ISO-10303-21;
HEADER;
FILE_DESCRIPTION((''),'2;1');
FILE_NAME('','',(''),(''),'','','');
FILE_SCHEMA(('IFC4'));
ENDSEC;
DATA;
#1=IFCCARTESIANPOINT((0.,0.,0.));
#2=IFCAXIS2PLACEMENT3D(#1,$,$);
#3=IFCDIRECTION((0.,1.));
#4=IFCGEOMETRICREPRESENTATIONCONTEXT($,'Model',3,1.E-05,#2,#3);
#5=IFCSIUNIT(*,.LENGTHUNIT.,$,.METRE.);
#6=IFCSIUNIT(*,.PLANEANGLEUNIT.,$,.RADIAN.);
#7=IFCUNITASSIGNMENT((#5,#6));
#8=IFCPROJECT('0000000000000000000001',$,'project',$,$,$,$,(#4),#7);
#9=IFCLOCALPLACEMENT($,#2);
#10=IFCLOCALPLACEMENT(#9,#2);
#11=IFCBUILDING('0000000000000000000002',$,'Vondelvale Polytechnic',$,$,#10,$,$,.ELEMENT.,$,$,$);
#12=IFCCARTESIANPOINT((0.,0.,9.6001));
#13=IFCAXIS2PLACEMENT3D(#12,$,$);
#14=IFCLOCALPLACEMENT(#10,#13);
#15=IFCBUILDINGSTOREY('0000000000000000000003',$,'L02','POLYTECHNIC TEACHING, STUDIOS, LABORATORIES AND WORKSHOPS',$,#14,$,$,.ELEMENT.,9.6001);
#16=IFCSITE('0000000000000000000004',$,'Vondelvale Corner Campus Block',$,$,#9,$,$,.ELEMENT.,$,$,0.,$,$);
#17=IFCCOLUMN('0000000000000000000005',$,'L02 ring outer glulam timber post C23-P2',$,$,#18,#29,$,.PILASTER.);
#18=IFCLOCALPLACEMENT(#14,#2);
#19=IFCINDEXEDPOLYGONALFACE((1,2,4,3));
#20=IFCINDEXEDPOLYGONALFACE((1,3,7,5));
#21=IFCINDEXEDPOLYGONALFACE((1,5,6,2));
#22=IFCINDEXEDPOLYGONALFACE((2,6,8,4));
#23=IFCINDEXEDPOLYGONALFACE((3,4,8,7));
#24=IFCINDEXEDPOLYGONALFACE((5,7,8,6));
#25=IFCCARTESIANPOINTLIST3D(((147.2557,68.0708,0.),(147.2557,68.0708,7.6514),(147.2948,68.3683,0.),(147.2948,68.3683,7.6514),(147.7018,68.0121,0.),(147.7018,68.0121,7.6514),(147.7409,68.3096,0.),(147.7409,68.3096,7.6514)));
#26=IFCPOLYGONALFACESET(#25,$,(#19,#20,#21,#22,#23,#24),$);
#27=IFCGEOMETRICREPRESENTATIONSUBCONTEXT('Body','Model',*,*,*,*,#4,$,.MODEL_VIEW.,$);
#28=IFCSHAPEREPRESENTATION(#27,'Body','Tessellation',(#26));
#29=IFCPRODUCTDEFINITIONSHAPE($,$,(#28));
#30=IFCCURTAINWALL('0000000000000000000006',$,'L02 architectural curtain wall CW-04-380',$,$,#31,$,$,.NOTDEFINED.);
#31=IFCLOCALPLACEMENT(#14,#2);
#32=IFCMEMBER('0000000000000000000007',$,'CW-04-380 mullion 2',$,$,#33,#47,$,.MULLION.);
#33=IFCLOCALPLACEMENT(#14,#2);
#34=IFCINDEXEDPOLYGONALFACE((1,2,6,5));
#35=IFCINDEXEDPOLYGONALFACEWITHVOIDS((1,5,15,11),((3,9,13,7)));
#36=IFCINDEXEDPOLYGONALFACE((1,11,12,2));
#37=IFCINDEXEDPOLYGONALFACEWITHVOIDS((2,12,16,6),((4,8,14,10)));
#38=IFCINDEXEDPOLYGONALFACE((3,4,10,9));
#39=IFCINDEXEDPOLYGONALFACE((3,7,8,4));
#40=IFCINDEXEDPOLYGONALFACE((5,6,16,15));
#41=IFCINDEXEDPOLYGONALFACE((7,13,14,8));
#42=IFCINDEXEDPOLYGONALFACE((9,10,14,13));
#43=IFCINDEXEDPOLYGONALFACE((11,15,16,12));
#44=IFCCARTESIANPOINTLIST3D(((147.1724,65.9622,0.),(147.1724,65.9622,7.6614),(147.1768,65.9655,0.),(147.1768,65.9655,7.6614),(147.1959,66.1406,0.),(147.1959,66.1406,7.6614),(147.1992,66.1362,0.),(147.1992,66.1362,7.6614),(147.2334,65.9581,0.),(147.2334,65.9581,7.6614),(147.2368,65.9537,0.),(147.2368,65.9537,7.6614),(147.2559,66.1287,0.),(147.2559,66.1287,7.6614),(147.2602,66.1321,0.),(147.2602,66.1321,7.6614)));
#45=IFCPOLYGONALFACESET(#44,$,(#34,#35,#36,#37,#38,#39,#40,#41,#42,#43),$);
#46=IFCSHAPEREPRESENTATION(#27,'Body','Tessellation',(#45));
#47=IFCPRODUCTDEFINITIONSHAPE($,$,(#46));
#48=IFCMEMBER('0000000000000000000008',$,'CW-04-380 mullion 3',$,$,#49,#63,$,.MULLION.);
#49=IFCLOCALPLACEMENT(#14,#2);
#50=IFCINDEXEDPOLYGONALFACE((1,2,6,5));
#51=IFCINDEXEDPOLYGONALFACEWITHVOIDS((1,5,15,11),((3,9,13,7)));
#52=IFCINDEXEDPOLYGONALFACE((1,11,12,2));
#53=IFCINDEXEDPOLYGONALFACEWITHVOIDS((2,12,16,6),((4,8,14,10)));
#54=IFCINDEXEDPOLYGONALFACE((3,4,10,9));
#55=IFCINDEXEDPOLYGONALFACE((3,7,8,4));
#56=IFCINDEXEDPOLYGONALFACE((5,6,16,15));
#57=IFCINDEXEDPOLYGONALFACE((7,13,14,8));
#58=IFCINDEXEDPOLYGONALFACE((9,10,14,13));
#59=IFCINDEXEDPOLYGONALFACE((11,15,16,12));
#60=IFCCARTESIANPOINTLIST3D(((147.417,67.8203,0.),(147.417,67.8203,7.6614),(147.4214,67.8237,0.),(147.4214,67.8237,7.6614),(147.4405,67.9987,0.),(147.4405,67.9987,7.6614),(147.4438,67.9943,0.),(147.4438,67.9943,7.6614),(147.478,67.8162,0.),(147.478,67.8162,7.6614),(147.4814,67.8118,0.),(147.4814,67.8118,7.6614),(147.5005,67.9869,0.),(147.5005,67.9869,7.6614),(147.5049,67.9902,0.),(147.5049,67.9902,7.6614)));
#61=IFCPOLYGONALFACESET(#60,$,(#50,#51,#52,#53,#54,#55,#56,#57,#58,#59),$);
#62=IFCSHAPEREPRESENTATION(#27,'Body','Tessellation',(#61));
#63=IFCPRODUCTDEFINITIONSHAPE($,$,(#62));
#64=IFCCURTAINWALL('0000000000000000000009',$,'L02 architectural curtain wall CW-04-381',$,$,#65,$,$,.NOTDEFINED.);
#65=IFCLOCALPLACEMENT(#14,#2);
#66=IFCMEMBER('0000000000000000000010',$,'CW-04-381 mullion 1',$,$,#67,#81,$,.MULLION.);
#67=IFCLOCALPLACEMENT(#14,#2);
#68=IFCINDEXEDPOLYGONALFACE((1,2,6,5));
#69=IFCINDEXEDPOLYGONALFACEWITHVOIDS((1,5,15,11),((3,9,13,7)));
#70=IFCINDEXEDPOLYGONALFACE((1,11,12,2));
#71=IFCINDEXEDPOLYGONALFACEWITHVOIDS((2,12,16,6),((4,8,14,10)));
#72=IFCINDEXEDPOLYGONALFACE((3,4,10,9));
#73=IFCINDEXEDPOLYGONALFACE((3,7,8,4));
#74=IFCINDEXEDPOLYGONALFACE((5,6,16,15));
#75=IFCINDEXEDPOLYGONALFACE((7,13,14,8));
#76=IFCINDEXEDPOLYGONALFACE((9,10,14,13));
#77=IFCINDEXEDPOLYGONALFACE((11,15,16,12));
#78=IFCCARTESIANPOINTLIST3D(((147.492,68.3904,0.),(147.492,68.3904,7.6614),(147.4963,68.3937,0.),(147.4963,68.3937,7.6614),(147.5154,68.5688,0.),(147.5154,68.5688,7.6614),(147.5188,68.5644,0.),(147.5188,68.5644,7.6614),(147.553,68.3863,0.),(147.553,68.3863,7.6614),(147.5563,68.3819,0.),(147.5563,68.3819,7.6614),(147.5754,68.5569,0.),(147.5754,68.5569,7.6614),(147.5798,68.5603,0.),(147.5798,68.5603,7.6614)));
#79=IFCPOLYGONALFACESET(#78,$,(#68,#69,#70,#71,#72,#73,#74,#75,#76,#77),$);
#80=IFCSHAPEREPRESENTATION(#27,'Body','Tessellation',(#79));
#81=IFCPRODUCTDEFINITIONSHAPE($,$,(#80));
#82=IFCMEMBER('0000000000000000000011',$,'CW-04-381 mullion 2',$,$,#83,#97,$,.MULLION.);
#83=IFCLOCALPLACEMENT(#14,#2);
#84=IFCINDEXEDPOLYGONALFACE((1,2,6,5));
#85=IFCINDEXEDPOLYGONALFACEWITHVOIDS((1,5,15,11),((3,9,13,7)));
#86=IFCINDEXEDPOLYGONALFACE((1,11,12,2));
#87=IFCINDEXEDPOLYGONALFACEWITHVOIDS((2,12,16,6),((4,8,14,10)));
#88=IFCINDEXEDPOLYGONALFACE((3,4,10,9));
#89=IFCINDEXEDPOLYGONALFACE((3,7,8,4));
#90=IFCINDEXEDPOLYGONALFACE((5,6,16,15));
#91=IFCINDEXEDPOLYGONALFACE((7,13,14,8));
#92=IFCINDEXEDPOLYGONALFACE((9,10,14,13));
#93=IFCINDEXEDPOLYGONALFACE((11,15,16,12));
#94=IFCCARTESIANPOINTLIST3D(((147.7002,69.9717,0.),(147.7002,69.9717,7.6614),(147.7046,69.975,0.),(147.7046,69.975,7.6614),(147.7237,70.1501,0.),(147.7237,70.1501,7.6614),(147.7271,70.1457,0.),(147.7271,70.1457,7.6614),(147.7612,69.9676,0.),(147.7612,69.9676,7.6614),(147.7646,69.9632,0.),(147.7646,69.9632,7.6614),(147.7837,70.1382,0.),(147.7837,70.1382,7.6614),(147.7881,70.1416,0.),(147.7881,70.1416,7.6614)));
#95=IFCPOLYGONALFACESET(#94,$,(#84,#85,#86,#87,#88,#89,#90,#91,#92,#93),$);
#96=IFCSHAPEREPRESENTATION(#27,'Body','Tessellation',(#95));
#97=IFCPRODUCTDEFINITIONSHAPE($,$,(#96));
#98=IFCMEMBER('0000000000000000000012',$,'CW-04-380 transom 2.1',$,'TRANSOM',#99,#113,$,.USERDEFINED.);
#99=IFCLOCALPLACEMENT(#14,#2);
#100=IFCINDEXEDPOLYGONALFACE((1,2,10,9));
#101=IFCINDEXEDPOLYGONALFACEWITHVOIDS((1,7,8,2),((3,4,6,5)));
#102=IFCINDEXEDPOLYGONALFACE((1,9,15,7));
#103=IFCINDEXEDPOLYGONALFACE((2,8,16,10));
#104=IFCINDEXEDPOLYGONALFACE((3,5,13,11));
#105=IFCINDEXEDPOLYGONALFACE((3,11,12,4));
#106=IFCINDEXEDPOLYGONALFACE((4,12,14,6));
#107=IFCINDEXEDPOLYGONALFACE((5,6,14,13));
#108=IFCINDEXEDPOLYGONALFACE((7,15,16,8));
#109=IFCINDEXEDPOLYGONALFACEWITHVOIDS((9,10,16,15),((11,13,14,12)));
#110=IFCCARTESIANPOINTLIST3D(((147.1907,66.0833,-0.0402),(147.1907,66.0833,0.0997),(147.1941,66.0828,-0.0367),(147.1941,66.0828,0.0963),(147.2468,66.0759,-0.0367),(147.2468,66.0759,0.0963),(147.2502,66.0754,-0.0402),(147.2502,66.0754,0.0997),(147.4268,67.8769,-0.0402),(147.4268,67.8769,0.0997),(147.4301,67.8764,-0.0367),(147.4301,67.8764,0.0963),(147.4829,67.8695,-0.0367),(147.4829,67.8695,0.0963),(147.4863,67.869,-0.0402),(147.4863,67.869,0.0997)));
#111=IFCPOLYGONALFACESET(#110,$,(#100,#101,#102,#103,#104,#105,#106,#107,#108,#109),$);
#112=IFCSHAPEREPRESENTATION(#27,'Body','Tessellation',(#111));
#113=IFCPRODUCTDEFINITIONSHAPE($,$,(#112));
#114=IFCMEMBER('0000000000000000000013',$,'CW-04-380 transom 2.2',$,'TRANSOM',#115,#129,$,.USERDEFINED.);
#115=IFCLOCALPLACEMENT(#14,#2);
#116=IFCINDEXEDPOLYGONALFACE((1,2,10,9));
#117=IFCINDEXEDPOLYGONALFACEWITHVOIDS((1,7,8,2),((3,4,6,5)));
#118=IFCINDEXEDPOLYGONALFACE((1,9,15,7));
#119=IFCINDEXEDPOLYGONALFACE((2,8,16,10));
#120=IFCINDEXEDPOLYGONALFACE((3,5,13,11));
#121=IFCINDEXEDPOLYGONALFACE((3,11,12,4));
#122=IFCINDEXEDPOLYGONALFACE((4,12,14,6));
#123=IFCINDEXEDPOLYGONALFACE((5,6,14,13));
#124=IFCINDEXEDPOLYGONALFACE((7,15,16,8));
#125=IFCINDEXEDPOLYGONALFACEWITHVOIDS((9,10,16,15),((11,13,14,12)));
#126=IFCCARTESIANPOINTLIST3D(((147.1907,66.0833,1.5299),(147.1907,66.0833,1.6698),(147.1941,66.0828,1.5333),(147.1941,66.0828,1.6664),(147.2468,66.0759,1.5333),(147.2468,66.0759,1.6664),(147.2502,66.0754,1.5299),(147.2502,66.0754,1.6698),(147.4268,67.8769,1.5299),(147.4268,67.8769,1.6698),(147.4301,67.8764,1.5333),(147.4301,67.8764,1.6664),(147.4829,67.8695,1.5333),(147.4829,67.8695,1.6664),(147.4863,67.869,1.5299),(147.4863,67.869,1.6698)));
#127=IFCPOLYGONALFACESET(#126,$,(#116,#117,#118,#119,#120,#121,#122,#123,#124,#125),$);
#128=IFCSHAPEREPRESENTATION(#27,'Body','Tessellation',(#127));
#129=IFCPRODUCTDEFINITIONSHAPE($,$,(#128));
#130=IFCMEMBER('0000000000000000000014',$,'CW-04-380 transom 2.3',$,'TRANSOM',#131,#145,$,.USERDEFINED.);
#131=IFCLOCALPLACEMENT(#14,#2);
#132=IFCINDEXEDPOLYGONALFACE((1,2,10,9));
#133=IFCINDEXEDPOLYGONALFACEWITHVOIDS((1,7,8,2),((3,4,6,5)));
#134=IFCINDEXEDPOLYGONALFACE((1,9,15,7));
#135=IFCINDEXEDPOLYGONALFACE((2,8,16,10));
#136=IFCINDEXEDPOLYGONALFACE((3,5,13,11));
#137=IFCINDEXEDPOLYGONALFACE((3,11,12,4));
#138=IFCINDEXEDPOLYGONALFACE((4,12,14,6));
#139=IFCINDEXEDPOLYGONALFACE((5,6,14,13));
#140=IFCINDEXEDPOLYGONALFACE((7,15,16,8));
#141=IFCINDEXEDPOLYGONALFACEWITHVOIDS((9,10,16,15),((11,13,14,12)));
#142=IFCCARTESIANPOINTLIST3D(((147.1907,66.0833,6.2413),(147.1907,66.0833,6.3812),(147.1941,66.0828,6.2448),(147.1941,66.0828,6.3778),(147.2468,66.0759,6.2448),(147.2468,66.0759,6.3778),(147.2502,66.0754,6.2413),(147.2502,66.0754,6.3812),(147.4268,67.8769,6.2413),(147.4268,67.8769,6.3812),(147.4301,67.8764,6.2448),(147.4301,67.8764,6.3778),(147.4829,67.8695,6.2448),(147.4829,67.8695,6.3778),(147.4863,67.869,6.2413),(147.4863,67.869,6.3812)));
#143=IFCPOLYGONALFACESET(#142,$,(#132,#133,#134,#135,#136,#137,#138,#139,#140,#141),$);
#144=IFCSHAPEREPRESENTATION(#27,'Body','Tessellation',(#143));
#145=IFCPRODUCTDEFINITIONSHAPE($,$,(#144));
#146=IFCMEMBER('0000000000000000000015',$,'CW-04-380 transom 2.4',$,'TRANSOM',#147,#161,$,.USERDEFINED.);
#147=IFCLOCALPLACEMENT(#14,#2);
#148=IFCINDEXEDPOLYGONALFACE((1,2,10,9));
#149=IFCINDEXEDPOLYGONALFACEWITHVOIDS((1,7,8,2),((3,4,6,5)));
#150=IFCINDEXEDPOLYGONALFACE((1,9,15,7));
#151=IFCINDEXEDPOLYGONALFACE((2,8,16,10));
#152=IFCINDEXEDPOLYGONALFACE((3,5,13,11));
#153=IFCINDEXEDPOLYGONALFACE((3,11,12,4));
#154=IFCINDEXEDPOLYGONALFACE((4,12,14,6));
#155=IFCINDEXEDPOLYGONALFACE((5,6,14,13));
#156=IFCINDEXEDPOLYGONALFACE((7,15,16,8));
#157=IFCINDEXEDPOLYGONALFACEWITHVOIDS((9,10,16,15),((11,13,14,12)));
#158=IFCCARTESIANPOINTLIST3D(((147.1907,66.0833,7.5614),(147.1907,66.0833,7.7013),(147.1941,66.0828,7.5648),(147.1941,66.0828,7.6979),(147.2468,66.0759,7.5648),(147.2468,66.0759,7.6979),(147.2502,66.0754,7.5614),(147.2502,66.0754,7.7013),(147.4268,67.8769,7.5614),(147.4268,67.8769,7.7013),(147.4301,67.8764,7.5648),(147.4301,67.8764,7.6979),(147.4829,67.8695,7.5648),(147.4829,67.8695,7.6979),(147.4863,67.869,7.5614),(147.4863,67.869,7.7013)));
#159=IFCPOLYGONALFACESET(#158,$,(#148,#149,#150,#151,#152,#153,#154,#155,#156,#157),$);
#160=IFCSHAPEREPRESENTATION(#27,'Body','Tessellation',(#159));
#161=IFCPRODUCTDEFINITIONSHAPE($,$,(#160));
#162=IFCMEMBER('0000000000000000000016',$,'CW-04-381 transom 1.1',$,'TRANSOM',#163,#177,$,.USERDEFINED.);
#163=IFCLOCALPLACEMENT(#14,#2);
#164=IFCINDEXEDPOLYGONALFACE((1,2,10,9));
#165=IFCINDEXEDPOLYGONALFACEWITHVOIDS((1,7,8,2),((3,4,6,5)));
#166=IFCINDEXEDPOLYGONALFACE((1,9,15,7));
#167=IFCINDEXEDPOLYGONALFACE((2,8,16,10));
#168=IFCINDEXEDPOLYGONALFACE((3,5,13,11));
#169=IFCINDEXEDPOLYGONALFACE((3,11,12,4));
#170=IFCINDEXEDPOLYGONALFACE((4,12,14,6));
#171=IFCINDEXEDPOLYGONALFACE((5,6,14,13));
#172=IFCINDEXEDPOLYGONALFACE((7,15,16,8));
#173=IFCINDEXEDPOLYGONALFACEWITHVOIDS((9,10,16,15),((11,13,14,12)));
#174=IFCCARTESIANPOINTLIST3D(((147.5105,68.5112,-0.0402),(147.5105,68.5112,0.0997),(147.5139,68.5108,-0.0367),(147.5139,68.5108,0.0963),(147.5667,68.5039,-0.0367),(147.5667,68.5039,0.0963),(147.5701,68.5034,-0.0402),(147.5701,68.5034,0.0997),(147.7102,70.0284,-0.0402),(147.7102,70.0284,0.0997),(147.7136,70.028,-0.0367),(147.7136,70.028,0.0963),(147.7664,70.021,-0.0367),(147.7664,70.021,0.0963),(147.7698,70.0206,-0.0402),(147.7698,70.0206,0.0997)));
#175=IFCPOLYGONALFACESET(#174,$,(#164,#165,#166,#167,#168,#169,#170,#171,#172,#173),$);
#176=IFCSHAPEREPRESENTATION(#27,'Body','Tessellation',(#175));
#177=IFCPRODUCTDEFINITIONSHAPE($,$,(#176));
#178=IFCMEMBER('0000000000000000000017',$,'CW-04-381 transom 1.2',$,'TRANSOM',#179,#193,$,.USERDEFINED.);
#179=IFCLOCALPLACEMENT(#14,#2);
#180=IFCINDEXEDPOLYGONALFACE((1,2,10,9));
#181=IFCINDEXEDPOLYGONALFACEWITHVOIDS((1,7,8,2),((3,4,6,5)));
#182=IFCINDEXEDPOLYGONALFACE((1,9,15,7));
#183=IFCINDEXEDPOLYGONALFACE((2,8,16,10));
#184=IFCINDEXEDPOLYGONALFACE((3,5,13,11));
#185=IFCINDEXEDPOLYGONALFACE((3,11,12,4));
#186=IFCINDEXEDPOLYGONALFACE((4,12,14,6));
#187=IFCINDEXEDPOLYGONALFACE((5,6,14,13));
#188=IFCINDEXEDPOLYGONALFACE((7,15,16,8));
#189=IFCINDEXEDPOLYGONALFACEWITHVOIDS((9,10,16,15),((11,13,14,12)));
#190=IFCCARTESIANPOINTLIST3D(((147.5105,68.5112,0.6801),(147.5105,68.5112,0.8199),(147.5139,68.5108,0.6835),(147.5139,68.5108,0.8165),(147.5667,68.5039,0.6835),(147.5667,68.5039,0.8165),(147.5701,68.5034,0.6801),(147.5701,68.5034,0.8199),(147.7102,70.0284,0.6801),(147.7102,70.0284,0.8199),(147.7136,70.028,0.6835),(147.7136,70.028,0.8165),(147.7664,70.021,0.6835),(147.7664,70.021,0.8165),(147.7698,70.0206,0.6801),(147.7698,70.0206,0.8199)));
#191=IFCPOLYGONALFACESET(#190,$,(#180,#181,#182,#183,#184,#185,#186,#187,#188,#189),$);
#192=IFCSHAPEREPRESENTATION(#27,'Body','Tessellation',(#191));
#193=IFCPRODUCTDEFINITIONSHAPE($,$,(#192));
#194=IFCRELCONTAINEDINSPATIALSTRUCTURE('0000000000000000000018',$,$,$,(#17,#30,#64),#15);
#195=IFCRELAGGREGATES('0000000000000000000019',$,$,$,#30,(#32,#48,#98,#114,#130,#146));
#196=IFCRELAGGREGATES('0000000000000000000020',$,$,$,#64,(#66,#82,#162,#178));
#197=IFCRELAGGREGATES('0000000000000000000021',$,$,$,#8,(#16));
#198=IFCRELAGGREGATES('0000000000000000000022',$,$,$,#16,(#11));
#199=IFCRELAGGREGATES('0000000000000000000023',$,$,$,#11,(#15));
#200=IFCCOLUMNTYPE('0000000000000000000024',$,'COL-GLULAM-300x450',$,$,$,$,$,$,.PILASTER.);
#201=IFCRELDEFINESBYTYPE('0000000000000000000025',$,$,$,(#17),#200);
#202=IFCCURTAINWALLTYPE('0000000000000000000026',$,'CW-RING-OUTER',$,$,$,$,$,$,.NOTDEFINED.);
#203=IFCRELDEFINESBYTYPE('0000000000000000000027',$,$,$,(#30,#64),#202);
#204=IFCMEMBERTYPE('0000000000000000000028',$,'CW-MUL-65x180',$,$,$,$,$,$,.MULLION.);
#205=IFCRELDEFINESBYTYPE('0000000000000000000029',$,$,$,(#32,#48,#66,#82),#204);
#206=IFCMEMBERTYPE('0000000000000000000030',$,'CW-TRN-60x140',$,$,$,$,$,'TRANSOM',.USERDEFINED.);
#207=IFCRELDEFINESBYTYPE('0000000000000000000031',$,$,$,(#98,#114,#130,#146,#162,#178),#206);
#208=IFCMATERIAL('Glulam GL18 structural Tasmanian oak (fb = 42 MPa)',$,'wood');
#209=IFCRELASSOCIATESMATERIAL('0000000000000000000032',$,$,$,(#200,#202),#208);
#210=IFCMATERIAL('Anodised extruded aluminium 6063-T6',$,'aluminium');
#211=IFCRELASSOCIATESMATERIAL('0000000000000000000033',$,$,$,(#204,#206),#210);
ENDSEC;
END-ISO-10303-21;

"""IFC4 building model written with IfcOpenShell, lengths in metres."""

from ifc_helpers import new_model, si_unit, direction, frame, origin, origin_2d, place, context, subcontext, project, spatial, rectangle, hollow_rectangle, extrude, material, material_profile, profile_set, type_object, element, aggregate, save


model = new_model("IFC4")

# Units and contexts
model_context = context("Model", 3, precision=1e-05, world=origin(), true_north=direction((0.0, 1.0)))
body_context = subcontext(model_context, "Body", "Model", "MODEL_VIEW")
ifc_project = project(units=[si_unit("LENGTHUNIT", "METRE"), si_unit("PLANEANGLEUNIT", "RADIAN")], contexts=[model_context])

# Site, building, storey
site_placement = place(None, origin())
site = spatial("IfcSite", under=ifc_project, at=site_placement, Name="Vondelvale Corner Campus Block", CompositionType="ELEMENT", RefElevation=0.0)
building_placement = place(site_placement, origin())
building = spatial("IfcBuilding", under=site, at=building_placement, Name="Vondelvale Polytechnic", CompositionType="ELEMENT")
storey_placement = place(building_placement, frame((0.0, 0.0, 9.6001)))
storey = spatial("IfcBuildingStorey", under=building, at=storey_placement, Name="L02", Description="POLYTECHNIC TEACHING, STUDIOS, LABORATORIES AND WORKSHOPS", CompositionType="ELEMENT", Elevation=9.6001)

# Column
ifc_material_1 = material(Name="Glulam GL18 structural Tasmanian oak (fb = 42 MPa)", Category="wood")
ifc_material_profile_1 = material_profile(ifc_material_1, rectangle(XDim=0.3, YDim=0.45, at=origin_2d()), Name="GL-POST-300x450")
ifc_profile_set_1 = profile_set([ifc_material_profile_1], Name="Glulam GL18 structural Tasmanian oak (fb = 42 MPa)")
column_type = type_object("IfcColumnType", Name="COL-GLULAM-300x450", PredefinedType="PILASTER", material=ifc_profile_set_1)
column_placement = place(storey_placement, frame((147.4983, 68.1902, 0.0), z_axis=(0.0, 0.0, 1.0), x_axis=(0.130526, 0.991445, 0.0)))
element("IfcColumn", 1, at=column_placement, inside=storey, type_object=column_type, Name="L02 ring outer glulam timber post C23-P2", PredefinedType="PILASTER", context=body_context, shape_type="SweptSolid", body=[
    extrude(rectangle(XDim=0.3, YDim=0.45, at=origin_2d()), origin(), (0.0, 0.0, 1.0), 7.6514),
])

# Curtain walls, members
curtain_wall_type = type_object("IfcCurtainWallType", Name="CW-RING-OUTER", PredefinedType="NOTDEFINED", material=ifc_material_1)
curtain_wall_1_placement = place(storey_placement, origin())
curtain_wall_1 = element("IfcCurtainWall", 2, at=curtain_wall_1_placement, inside=storey, type_object=curtain_wall_type, Name="L02 architectural curtain wall CW-04-380", PredefinedType="NOTDEFINED")
ifc_material_2 = material(Name="Anodised extruded aluminium 6063-T6", Category="aluminium")
ifc_material_profile_2 = material_profile(ifc_material_2, hollow_rectangle(XDim=0.0649, YDim=0.1799, WallThickness=0.0039, at=origin_2d()), Name="CW-MUL-180x65")
ifc_profile_set_2 = profile_set([ifc_material_profile_2], Name="Anodised extruded aluminium 6063-T6")
member_type_1 = type_object("IfcMemberType", Name="CW-MUL-65x180", PredefinedType="MULLION", material=ifc_profile_set_2)
member_1_placement = place(storey_placement, frame((147.2163, 66.0471, 0.0), z_axis=(0.0, 0.0, 1.0), x_axis=(-0.991449, 0.130497, 0.0)))
member_1 = element("IfcMember", 3, at=member_1_placement, type_object=member_type_1, Name="CW-04-380 mullion 2", PredefinedType="MULLION", context=body_context, shape_type="SweptSolid", body=[
    extrude(hollow_rectangle(XDim=0.0649, YDim=0.1799, WallThickness=0.0039, at=origin_2d()), origin(), (0.0, 0.0, 1.0), 7.6614),
])
member_2_placement = place(storey_placement, frame((147.4609, 67.9053, 0.0), z_axis=(0.0, 0.0, 1.0), x_axis=(-0.991449, 0.130497, 0.0)))
member_2 = element("IfcMember", 4, at=member_2_placement, type_object=member_type_1, Name="CW-04-380 mullion 3", PredefinedType="MULLION", context=body_context, shape_type="SweptSolid", body=[
    extrude(hollow_rectangle(XDim=0.0649, YDim=0.1799, WallThickness=0.0039, at=origin_2d()), origin(), (0.0, 0.0, 1.0), 7.6614),
])
curtain_wall_2_placement = place(storey_placement, origin())
curtain_wall_2 = element("IfcCurtainWall", 5, at=curtain_wall_2_placement, inside=storey, type_object=curtain_wall_type, Name="L02 architectural curtain wall CW-04-381", PredefinedType="NOTDEFINED")
member_3_placement = place(storey_placement, frame((147.5359, 68.4753, 0.0), z_axis=(0.0, 0.0, 1.0), x_axis=(-0.991443, 0.13054, 0.0)))
member_3 = element("IfcMember", 6, at=member_3_placement, type_object=member_type_1, Name="CW-04-381 mullion 1", PredefinedType="MULLION", context=body_context, shape_type="SweptSolid", body=[
    extrude(hollow_rectangle(XDim=0.0649, YDim=0.1799, WallThickness=0.0039, at=origin_2d()), origin(), (0.0, 0.0, 1.0), 7.6614),
])
member_4_placement = place(storey_placement, frame((147.7441, 70.0566, 0.0), z_axis=(0.0, 0.0, 1.0), x_axis=(-0.991443, 0.13054, 0.0)))
member_4 = element("IfcMember", 7, at=member_4_placement, type_object=member_type_1, Name="CW-04-381 mullion 2", PredefinedType="MULLION", context=body_context, shape_type="SweptSolid", body=[
    extrude(hollow_rectangle(XDim=0.0649, YDim=0.1799, WallThickness=0.0039, at=origin_2d()), origin(), (0.0, 0.0, 1.0), 7.6614),
])

# Members
ifc_material_profile_3 = material_profile(ifc_material_2, hollow_rectangle(XDim=0.0601, YDim=0.1399, WallThickness=0.0034, at=origin_2d()), Name="CW-TRN-140x60")
ifc_profile_set_3 = profile_set([ifc_material_profile_3], Name="Anodised extruded aluminium 6063-T6")
member_type_2 = type_object("IfcMemberType", Name="CW-TRN-60x140", ElementType="TRANSOM", PredefinedType="USERDEFINED", material=ifc_profile_set_3)
member_5_placement = place(storey_placement, frame((147.2205, 66.0793, 0.0298), z_axis=(0.130493, 0.991449, 0.0), x_axis=(-0.991449, 0.130493, 0.0)))
member_5 = element("IfcMember", 8, at=member_5_placement, type_object=member_type_2, Name="CW-04-380 transom 2.1", ObjectType="TRANSOM", PredefinedType="USERDEFINED", context=body_context, shape_type="SweptSolid", body=[
    extrude(hollow_rectangle(XDim=0.0601, YDim=0.1399, WallThickness=0.0034, at=origin_2d()), origin(), (0.0, 0.0, 1.0), 1.8091),
])
member_6_placement = place(storey_placement, frame((147.2205, 66.0793, 1.5999), z_axis=(0.130493, 0.991449, 0.0), x_axis=(-0.991449, 0.130493, 0.0)))
member_6 = element("IfcMember", 9, at=member_6_placement, type_object=member_type_2, Name="CW-04-380 transom 2.2", ObjectType="TRANSOM", PredefinedType="USERDEFINED", context=body_context, shape_type="SweptSolid", body=[
    extrude(hollow_rectangle(XDim=0.0601, YDim=0.1399, WallThickness=0.0034, at=origin_2d()), origin(), (0.0, 0.0, 1.0), 1.8091),
])
member_7_placement = place(storey_placement, frame((147.2205, 66.0793, 6.3113), z_axis=(0.130493, 0.991449, 0.0), x_axis=(-0.991449, 0.130493, 0.0)))
member_7 = element("IfcMember", 10, at=member_7_placement, type_object=member_type_2, Name="CW-04-380 transom 2.3", ObjectType="TRANSOM", PredefinedType="USERDEFINED", context=body_context, shape_type="SweptSolid", body=[
    extrude(hollow_rectangle(XDim=0.0601, YDim=0.1399, WallThickness=0.0034, at=origin_2d()), origin(), (0.0, 0.0, 1.0), 1.8091),
])
member_8_placement = place(storey_placement, frame((147.2205, 66.0793, 7.6313), z_axis=(0.130493, 0.991449, 0.0), x_axis=(-0.991449, 0.130493, 0.0)))
member_8 = element("IfcMember", 11, at=member_8_placement, type_object=member_type_2, Name="CW-04-380 transom 2.4", ObjectType="TRANSOM", PredefinedType="USERDEFINED", context=body_context, shape_type="SweptSolid", body=[
    extrude(hollow_rectangle(XDim=0.0601, YDim=0.1399, WallThickness=0.0034, at=origin_2d()), origin(), (0.0, 0.0, 1.0), 1.8091),
])
member_9_placement = place(storey_placement, frame((147.5403, 68.5073, 0.0298), z_axis=(0.130512, 0.991447, 0.0), x_axis=(-0.991447, 0.130512, 0.0)))
member_9 = element("IfcMember", 12, at=member_9_placement, type_object=member_type_2, Name="CW-04-381 transom 1.1", ObjectType="TRANSOM", PredefinedType="USERDEFINED", context=body_context, shape_type="SweptSolid", body=[
    extrude(hollow_rectangle(XDim=0.0601, YDim=0.1399, WallThickness=0.0034, at=origin_2d()), origin(), (0.0, 0.0, 1.0), 1.5303),
])
member_10_placement = place(storey_placement, frame((147.5403, 68.5073, 0.75), z_axis=(0.130512, 0.991447, 0.0), x_axis=(-0.991447, 0.130512, 0.0)))
member_10 = element("IfcMember", 13, at=member_10_placement, type_object=member_type_2, Name="CW-04-381 transom 1.2", ObjectType="TRANSOM", PredefinedType="USERDEFINED", context=body_context, shape_type="SweptSolid", body=[
    extrude(hollow_rectangle(XDim=0.0601, YDim=0.1399, WallThickness=0.0034, at=origin_2d()), origin(), (0.0, 0.0, 1.0), 1.5303),
])

aggregate(curtain_wall_1, [member_1, member_2, member_5, member_6, member_7, member_8])
aggregate(curtain_wall_2, [member_3, member_4, member_9, member_10])

save(model, "model.ifc")
